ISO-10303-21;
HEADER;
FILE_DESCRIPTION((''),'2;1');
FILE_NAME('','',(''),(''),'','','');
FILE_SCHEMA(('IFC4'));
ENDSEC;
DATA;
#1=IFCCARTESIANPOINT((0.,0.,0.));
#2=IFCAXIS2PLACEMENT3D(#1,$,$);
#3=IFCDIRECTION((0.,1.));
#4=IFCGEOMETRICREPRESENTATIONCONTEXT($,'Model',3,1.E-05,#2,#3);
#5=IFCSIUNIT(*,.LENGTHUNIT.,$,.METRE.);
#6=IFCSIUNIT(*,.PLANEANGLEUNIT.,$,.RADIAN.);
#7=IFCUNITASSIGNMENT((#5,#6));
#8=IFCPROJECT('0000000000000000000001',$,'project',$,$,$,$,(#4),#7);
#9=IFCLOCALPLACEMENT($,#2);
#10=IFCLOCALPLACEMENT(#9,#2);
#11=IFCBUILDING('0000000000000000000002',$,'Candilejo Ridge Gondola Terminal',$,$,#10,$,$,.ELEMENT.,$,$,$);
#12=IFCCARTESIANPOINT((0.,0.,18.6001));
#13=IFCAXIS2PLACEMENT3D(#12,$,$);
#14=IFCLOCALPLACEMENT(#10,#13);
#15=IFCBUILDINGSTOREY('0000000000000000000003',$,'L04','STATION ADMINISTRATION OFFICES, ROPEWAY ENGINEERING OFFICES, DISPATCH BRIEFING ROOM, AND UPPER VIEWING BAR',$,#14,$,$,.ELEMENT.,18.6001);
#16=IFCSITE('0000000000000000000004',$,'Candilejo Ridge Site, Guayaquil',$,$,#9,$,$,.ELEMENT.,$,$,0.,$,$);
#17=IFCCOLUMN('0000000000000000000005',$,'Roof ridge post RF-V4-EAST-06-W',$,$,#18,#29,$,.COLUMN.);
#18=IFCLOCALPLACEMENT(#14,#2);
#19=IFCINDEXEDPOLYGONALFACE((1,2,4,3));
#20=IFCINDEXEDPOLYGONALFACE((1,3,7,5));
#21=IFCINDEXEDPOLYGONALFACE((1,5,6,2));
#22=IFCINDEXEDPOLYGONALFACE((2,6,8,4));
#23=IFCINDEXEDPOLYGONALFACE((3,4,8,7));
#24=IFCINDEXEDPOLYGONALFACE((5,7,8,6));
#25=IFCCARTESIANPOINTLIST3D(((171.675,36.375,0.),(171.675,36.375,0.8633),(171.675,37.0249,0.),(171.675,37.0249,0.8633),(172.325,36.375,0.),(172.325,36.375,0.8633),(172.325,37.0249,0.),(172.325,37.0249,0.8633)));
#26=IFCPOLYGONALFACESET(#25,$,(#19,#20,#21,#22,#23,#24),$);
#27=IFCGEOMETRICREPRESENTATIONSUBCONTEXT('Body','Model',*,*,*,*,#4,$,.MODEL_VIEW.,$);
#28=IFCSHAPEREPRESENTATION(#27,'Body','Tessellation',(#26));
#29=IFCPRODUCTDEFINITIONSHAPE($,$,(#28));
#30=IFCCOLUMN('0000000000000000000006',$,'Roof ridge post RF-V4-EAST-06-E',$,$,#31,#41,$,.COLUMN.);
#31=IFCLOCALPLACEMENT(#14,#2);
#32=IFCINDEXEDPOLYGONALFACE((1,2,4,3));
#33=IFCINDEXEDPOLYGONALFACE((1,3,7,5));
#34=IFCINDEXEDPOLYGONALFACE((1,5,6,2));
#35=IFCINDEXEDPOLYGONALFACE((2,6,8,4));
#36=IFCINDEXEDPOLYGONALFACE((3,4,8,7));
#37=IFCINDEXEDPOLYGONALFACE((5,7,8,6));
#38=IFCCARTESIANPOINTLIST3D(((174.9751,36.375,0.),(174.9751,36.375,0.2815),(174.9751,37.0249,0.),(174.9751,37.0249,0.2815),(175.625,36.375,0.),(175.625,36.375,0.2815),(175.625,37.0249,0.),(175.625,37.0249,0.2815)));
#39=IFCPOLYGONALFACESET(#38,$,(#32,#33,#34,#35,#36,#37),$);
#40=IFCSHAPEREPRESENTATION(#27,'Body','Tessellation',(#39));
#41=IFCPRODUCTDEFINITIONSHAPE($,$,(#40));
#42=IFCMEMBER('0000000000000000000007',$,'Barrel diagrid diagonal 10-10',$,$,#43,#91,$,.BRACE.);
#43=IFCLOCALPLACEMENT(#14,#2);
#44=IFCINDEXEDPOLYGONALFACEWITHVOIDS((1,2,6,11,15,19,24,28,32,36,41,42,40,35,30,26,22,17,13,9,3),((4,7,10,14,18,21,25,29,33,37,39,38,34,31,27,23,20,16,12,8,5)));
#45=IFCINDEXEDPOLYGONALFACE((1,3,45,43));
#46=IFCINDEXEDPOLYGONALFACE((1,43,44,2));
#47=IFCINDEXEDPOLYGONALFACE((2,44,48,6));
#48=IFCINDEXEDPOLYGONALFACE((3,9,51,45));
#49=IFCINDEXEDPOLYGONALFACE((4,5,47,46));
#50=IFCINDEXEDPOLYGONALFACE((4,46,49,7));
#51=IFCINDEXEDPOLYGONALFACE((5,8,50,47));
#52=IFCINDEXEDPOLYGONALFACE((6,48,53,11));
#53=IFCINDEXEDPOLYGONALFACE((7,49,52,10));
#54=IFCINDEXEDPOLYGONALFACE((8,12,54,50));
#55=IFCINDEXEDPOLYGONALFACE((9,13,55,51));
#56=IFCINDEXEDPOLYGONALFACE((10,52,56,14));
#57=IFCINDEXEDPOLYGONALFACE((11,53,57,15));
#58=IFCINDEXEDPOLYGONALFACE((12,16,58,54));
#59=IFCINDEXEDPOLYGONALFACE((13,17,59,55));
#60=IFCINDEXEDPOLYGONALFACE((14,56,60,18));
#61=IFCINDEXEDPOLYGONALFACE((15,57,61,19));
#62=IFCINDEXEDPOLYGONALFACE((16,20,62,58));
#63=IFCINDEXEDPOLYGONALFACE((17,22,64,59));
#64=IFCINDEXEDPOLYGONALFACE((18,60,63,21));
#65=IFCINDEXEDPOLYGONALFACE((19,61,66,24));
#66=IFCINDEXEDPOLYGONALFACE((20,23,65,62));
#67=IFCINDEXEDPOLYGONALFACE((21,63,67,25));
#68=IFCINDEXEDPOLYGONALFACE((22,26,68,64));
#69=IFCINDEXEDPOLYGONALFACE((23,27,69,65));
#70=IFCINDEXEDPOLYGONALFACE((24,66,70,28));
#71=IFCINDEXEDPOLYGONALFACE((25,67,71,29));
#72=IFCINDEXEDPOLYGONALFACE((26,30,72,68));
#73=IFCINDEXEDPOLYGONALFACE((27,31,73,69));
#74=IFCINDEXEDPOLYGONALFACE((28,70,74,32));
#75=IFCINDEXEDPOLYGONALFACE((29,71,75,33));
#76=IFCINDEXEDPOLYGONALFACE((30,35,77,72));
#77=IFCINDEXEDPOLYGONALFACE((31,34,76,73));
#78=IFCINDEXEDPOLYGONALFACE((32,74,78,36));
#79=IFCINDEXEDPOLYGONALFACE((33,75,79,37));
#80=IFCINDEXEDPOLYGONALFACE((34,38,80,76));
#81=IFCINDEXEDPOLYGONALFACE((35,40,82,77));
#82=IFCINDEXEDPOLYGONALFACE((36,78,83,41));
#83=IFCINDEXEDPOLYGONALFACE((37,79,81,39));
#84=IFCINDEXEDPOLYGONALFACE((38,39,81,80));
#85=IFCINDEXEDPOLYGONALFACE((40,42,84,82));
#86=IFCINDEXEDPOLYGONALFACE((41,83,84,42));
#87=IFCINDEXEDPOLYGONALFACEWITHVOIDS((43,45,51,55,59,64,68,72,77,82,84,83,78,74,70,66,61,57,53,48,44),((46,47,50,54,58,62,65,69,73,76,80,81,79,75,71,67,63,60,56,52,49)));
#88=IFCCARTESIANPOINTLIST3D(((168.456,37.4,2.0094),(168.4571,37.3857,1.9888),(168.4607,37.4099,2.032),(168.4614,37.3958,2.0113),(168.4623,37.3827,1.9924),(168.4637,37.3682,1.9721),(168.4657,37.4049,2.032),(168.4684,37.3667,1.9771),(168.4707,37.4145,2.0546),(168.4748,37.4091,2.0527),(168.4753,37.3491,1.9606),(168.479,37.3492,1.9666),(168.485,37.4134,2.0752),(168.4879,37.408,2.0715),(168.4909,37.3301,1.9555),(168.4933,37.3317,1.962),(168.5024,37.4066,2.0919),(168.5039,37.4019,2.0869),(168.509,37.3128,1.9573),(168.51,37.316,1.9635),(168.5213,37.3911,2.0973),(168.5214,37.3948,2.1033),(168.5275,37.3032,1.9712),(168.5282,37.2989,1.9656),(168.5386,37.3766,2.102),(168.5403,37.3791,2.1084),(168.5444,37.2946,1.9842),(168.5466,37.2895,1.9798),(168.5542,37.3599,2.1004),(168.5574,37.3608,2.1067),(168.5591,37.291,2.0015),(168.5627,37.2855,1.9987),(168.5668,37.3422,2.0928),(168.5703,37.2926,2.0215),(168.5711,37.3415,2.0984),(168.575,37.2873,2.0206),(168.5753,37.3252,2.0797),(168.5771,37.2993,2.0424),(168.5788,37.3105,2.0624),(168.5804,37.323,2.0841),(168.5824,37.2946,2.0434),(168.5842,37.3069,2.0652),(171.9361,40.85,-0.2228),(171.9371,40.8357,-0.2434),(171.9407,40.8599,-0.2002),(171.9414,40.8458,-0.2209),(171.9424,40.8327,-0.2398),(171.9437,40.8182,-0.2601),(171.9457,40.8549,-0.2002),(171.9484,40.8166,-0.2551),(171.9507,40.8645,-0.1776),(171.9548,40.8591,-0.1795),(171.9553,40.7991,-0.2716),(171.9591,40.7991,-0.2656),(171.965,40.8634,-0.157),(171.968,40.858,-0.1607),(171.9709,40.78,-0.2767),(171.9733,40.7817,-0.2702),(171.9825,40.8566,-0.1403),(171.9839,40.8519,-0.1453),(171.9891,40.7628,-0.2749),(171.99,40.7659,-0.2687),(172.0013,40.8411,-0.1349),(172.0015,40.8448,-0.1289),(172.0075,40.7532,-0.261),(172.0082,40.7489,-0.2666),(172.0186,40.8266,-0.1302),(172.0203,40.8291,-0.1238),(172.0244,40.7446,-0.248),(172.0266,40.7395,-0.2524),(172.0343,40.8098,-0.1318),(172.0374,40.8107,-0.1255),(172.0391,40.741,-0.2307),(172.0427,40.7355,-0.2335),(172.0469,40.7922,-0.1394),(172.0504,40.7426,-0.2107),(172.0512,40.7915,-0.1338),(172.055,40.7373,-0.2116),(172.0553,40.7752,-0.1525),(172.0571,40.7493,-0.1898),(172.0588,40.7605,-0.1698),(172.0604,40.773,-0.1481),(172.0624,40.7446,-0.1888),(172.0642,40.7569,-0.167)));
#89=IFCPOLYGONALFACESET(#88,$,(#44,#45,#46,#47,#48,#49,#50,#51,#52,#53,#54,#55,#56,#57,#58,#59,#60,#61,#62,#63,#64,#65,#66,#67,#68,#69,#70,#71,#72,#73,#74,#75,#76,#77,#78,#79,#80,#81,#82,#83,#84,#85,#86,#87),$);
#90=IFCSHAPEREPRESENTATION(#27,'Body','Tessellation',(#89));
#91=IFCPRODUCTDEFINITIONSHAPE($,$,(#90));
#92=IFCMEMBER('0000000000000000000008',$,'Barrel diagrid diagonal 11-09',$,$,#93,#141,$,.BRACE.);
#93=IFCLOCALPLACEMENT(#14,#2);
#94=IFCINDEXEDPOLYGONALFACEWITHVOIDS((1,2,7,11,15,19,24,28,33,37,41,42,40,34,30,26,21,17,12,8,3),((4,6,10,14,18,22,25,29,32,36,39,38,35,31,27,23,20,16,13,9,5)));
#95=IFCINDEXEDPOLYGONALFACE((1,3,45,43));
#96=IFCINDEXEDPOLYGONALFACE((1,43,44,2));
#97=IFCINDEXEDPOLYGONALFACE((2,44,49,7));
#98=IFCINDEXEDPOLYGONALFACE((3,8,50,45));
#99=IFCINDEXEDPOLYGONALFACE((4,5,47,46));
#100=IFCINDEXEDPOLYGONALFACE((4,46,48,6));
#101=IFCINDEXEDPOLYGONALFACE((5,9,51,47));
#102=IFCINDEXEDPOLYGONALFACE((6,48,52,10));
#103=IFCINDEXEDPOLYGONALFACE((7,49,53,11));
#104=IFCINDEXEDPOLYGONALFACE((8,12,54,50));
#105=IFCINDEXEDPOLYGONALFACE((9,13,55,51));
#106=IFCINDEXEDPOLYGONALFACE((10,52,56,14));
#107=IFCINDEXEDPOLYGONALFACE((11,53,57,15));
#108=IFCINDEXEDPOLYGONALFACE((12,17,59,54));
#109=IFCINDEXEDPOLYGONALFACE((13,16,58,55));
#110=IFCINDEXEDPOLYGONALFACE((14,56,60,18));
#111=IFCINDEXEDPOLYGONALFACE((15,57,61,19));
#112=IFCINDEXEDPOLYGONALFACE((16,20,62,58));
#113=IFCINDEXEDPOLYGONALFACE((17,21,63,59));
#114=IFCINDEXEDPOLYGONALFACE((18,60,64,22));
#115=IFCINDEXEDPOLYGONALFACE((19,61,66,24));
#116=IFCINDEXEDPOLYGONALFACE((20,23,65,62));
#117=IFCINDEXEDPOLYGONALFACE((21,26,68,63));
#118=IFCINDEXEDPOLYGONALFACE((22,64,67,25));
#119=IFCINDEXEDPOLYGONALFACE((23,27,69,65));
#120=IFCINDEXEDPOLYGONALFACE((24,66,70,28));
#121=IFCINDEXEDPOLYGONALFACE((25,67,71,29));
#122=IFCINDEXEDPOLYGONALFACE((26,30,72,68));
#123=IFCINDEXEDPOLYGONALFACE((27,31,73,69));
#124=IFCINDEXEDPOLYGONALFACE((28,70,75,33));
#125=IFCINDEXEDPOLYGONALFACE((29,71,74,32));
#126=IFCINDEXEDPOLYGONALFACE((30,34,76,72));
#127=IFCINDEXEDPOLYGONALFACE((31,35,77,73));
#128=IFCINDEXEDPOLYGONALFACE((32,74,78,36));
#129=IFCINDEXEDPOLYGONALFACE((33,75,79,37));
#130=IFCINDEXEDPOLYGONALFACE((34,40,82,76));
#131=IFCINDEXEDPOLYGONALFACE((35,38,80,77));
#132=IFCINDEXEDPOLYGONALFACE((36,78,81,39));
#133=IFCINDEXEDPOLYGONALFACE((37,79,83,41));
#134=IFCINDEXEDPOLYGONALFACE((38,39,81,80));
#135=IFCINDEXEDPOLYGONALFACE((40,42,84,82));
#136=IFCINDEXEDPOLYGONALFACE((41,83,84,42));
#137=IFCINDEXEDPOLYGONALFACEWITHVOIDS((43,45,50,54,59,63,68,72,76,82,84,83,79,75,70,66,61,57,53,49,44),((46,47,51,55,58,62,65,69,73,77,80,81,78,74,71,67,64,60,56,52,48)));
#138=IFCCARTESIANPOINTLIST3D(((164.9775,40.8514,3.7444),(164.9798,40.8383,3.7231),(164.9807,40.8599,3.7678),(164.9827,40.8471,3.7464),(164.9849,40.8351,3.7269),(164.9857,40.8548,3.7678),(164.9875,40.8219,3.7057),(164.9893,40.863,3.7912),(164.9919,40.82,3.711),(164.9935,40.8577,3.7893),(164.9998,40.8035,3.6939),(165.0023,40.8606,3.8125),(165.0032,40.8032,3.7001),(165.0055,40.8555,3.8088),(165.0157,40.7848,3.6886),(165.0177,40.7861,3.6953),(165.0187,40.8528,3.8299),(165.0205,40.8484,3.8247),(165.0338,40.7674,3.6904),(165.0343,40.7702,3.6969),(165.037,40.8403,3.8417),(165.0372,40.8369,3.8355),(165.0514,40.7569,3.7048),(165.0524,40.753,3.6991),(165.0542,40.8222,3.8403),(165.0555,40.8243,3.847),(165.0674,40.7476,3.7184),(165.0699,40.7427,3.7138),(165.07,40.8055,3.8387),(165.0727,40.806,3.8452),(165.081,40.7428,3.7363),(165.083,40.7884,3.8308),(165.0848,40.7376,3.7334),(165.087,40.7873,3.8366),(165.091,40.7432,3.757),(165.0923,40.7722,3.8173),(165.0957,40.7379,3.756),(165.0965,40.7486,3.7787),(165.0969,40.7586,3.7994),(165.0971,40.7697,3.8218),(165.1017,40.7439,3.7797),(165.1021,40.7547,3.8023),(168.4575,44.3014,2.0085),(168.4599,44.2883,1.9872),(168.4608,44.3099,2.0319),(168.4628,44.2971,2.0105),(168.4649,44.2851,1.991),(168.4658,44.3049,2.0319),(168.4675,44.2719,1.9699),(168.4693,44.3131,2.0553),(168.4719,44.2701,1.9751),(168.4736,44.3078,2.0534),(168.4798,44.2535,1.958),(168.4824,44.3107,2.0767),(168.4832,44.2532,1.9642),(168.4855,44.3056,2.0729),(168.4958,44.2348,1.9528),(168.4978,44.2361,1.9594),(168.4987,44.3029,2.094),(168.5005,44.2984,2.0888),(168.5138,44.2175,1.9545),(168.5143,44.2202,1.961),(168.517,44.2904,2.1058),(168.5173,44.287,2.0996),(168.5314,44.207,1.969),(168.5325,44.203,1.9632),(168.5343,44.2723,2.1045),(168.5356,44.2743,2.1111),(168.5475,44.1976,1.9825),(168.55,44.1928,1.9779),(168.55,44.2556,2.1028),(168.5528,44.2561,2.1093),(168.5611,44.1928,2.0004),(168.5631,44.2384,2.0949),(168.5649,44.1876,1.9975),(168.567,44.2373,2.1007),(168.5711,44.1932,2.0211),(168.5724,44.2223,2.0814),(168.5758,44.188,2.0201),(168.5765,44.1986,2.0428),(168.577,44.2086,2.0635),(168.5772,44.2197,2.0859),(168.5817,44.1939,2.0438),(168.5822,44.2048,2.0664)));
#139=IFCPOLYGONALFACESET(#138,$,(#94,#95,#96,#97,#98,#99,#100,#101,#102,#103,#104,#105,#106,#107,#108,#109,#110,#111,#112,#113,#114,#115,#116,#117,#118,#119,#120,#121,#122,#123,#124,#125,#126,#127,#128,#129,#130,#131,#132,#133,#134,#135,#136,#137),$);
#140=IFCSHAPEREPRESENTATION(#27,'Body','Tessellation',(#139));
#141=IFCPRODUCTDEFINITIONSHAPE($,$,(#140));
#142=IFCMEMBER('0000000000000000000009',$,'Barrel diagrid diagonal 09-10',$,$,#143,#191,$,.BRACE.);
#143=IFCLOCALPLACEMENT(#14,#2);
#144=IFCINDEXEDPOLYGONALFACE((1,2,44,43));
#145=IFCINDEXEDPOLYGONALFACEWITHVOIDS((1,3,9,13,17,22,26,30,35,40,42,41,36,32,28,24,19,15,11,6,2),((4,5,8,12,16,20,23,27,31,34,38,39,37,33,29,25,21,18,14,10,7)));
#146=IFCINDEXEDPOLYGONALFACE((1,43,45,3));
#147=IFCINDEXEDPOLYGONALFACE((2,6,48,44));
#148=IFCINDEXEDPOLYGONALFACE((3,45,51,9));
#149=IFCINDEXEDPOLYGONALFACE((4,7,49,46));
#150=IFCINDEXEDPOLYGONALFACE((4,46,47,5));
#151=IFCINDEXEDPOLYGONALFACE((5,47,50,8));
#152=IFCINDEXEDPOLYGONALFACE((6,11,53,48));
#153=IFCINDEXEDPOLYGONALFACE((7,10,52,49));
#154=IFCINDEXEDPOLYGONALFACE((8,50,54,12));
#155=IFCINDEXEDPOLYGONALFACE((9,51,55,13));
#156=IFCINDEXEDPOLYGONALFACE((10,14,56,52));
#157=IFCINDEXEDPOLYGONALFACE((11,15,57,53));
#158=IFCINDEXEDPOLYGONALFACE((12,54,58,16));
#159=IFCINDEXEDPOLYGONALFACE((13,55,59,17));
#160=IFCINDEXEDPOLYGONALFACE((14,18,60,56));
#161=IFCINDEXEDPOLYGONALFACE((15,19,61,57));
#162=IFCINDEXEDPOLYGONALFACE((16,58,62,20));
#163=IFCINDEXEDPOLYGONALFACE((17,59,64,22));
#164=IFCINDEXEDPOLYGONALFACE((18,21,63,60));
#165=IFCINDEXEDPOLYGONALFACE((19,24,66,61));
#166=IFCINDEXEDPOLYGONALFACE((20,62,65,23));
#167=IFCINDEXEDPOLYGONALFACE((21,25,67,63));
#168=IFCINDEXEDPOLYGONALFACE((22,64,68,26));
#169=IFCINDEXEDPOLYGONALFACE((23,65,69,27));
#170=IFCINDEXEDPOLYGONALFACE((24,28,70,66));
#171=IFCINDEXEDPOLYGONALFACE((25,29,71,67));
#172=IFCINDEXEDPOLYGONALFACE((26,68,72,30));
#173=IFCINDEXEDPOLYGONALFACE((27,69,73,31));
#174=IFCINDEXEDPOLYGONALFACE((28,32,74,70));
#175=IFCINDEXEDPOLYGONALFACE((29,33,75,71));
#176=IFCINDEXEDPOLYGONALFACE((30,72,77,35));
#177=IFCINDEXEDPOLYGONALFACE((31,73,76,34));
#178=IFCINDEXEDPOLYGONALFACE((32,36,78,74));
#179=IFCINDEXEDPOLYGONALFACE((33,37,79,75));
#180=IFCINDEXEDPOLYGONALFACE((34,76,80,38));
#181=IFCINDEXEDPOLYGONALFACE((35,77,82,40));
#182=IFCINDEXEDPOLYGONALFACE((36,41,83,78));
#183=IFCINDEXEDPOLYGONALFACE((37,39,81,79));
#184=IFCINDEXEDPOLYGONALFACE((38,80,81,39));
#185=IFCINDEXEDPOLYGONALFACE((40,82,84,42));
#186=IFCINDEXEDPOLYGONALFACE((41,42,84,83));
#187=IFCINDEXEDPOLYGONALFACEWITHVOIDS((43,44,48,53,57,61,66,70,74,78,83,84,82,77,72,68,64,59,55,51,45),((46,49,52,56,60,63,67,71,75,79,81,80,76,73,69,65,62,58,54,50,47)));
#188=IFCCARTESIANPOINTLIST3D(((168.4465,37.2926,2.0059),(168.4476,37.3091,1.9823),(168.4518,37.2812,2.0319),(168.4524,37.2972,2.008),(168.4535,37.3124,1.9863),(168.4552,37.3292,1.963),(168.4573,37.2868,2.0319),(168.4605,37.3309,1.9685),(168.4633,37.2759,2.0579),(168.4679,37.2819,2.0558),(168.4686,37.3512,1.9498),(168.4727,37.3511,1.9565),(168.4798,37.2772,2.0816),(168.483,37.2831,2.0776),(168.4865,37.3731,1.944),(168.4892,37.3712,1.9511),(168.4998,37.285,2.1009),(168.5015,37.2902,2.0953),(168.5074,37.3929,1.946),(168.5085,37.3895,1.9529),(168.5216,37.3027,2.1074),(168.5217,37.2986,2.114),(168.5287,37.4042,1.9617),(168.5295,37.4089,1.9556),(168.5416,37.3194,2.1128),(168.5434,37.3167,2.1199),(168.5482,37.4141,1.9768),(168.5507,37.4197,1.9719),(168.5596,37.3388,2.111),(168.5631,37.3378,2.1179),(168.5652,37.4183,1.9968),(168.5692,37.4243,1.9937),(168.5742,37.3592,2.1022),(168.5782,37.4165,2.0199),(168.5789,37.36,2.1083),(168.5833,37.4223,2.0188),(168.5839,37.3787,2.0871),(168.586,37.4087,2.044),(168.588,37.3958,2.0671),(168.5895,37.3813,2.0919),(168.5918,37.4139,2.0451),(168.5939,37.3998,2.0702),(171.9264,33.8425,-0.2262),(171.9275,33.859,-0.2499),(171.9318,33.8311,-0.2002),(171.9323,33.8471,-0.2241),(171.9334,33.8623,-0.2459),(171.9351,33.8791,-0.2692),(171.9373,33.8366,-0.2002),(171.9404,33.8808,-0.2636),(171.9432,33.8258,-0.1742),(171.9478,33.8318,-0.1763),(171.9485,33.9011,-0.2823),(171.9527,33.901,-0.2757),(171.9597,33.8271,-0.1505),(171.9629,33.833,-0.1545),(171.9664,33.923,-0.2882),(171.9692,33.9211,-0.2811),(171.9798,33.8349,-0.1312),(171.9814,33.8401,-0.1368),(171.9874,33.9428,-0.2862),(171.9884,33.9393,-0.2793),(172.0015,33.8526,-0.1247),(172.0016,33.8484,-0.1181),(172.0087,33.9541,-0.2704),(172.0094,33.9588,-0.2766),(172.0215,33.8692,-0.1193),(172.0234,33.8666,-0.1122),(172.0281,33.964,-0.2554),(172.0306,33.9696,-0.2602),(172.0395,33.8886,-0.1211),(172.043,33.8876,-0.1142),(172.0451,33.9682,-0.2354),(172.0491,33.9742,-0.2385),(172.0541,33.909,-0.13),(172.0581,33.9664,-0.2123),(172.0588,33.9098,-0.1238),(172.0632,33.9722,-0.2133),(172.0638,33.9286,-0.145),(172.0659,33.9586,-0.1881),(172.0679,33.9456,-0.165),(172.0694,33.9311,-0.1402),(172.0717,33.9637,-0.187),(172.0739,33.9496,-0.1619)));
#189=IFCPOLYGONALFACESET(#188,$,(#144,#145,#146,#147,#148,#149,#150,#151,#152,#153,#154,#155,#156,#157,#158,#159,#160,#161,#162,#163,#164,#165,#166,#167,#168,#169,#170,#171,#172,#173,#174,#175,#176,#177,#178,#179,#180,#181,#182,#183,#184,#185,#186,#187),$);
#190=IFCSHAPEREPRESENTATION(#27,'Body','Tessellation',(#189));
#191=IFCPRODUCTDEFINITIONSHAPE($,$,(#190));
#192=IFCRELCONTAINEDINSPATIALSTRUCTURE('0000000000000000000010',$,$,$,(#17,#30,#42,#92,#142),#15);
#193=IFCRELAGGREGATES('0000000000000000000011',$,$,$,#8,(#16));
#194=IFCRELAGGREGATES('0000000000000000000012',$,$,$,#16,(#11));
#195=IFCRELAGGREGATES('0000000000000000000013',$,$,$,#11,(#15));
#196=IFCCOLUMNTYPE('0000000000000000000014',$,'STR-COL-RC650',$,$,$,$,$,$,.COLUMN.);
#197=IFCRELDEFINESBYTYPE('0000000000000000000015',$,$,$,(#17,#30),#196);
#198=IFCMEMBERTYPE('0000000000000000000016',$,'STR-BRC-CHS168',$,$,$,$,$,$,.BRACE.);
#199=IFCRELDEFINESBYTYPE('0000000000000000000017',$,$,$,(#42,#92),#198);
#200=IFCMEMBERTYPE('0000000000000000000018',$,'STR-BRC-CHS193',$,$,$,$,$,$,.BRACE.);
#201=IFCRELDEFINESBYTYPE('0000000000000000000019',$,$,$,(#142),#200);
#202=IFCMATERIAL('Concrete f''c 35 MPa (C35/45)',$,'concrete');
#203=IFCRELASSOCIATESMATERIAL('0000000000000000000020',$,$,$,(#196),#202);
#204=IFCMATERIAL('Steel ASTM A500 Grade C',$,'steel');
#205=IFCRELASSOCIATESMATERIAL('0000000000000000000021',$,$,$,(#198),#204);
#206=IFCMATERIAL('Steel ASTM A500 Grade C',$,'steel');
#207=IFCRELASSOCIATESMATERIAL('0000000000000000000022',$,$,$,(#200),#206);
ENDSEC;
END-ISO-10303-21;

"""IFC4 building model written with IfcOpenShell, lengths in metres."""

from ifc_helpers import new_model, si_unit, direction, frame, origin, origin_2d, place, context, subcontext, project, spatial, rectangle, hollow_circle, extrude, material, material_profile, profile_set, type_object, element, save


model = new_model("IFC4")

# Units and contexts
model_context = context("Model", 3, precision=1e-05, world=origin(), true_north=direction((0.0, 1.0)))
body_context = subcontext(model_context, "Body", "Model", "MODEL_VIEW")
ifc_project = project(units=[si_unit("LENGTHUNIT", "METRE"), si_unit("PLANEANGLEUNIT", "RADIAN")], contexts=[model_context])

# Site, building, storey
site_placement = place(None, origin())
site = spatial("IfcSite", under=ifc_project, at=site_placement, Name="Candilejo Ridge Site, Guayaquil", CompositionType="ELEMENT", RefElevation=0.0)
building_placement = place(site_placement, origin())
building = spatial("IfcBuilding", under=site, at=building_placement, Name="Candilejo Ridge Gondola Terminal", CompositionType="ELEMENT")
storey_placement = place(building_placement, frame((0.0, 0.0, 18.6001)))
storey = spatial("IfcBuildingStorey", under=building, at=storey_placement, Name="L04", Description="STATION ADMINISTRATION OFFICES, ROPEWAY ENGINEERING OFFICES, DISPATCH BRIEFING ROOM, AND UPPER VIEWING BAR", CompositionType="ELEMENT", Elevation=18.6001)

# Columns
ifc_material_1 = material(Name="Concrete f'c 35 MPa (C35/45)", Category="concrete")
ifc_material_profile_1 = material_profile(ifc_material_1, rectangle(XDim=0.6499, YDim=0.6499, at=origin_2d()))
ifc_profile_set_1 = profile_set([ifc_material_profile_1], Name="Concrete f'c 35 MPa (C35/45)")
column_type = type_object("IfcColumnType", Name="STR-COL-RC650", PredefinedType="COLUMN", material=ifc_profile_set_1)
column_1_placement = place(storey_placement, frame((172.0, 36.7, 0.0), z_axis=(0.0, 0.0, 1.0), x_axis=(1.0, 0.0, 0.0)))
element("IfcColumn", 1, at=column_1_placement, inside=storey, type_object=column_type, Name="Roof ridge post RF-V4-EAST-06-W", PredefinedType="COLUMN", context=body_context, shape_type="SweptSolid", body=[
    extrude(rectangle(XDim=0.6499, YDim=0.6499, at=origin_2d()), origin(), (0.0, 0.0, 1.0), 0.8633),
])
column_2_placement = place(storey_placement, frame((175.3, 36.7, 0.0), z_axis=(0.0, 0.0, 1.0), x_axis=(1.0, 0.0, 0.0)))
element("IfcColumn", 2, at=column_2_placement, inside=storey, type_object=column_type, Name="Roof ridge post RF-V4-EAST-06-E", PredefinedType="COLUMN", context=body_context, shape_type="SweptSolid", body=[
    extrude(rectangle(XDim=0.6499, YDim=0.6499, at=origin_2d()), origin(), (0.0, 0.0, 1.0), 0.2815),
])

# Members
ifc_material_2 = material(Name="Steel ASTM A500 Grade C", Category="steel")
ifc_material_profile_2 = material_profile(ifc_material_2, hollow_circle(Radius=0.0842, WallThickness=0.0071, at=origin_2d()))
ifc_profile_set_2 = profile_set([ifc_material_profile_2], Name="Steel ASTM A500 Grade C")
member_type_1 = type_object("IfcMemberType", Name="STR-BRC-CHS168", PredefinedType="BRACE", material=ifc_profile_set_2)
member_1_placement = place(storey_placement, frame((168.52, 37.3501, 2.032), z_axis=(0.646271, 0.640695, -0.41454), x_axis=(-0.704036, 0.710164, 0.0)))
element("IfcMember", 3, at=member_1_placement, inside=storey, type_object=member_type_1, Name="Barrel diagrid diagonal 10-10", PredefinedType="BRACE", context=body_context, shape_type="SweptSolid", body=[
    extrude(hollow_circle(Radius=0.0842, WallThickness=0.0071, at=origin_2d()), origin(), (0.0, 0.0, 1.0), 5.3848),
])
member_2_placement = place(storey_placement, frame((165.04, 40.8, 3.7678), z_axis=(0.669406, 0.663629, -0.333904), x_axis=(-0.704036, 0.710164, 0.0)))
element("IfcMember", 4, at=member_2_placement, inside=storey, type_object=member_type_1, Name="Barrel diagrid diagonal 11-09", PredefinedType="BRACE", context=body_context, shape_type="SweptSolid", body=[
    extrude(hollow_circle(Radius=0.0842, WallThickness=0.0071, at=origin_2d()), origin(), (0.0, 0.0, 1.0), 5.1987),
])
ifc_material_3 = material(Name="Steel ASTM A500 Grade C", Category="steel")
ifc_material_profile_3 = material_profile(ifc_material_3, hollow_circle(Radius=0.0969, WallThickness=0.0078, at=origin_2d()))
ifc_profile_set_3 = profile_set([ifc_material_profile_3], Name="Steel ASTM A500 Grade C")
member_type_2 = type_object("IfcMemberType", Name="STR-BRC-CHS193", PredefinedType="BRACE", material=ifc_profile_set_3)
member_3_placement = place(storey_placement, frame((172.0, 33.8999, -0.2002), z_axis=(-0.646253, 0.640721, 0.414528), x_axis=(-0.704061, -0.710139, 0.0)))
element("IfcMember", 5, at=member_3_placement, inside=storey, type_object=member_type_2, Name="Barrel diagrid diagonal 09-10", PredefinedType="BRACE", context=body_context, shape_type="SweptSolid", body=[
    extrude(hollow_circle(Radius=0.0969, WallThickness=0.0078, at=origin_2d()), origin(), (0.0, 0.0, 1.0), 5.3848),
])

save(model, "model.ifc")
